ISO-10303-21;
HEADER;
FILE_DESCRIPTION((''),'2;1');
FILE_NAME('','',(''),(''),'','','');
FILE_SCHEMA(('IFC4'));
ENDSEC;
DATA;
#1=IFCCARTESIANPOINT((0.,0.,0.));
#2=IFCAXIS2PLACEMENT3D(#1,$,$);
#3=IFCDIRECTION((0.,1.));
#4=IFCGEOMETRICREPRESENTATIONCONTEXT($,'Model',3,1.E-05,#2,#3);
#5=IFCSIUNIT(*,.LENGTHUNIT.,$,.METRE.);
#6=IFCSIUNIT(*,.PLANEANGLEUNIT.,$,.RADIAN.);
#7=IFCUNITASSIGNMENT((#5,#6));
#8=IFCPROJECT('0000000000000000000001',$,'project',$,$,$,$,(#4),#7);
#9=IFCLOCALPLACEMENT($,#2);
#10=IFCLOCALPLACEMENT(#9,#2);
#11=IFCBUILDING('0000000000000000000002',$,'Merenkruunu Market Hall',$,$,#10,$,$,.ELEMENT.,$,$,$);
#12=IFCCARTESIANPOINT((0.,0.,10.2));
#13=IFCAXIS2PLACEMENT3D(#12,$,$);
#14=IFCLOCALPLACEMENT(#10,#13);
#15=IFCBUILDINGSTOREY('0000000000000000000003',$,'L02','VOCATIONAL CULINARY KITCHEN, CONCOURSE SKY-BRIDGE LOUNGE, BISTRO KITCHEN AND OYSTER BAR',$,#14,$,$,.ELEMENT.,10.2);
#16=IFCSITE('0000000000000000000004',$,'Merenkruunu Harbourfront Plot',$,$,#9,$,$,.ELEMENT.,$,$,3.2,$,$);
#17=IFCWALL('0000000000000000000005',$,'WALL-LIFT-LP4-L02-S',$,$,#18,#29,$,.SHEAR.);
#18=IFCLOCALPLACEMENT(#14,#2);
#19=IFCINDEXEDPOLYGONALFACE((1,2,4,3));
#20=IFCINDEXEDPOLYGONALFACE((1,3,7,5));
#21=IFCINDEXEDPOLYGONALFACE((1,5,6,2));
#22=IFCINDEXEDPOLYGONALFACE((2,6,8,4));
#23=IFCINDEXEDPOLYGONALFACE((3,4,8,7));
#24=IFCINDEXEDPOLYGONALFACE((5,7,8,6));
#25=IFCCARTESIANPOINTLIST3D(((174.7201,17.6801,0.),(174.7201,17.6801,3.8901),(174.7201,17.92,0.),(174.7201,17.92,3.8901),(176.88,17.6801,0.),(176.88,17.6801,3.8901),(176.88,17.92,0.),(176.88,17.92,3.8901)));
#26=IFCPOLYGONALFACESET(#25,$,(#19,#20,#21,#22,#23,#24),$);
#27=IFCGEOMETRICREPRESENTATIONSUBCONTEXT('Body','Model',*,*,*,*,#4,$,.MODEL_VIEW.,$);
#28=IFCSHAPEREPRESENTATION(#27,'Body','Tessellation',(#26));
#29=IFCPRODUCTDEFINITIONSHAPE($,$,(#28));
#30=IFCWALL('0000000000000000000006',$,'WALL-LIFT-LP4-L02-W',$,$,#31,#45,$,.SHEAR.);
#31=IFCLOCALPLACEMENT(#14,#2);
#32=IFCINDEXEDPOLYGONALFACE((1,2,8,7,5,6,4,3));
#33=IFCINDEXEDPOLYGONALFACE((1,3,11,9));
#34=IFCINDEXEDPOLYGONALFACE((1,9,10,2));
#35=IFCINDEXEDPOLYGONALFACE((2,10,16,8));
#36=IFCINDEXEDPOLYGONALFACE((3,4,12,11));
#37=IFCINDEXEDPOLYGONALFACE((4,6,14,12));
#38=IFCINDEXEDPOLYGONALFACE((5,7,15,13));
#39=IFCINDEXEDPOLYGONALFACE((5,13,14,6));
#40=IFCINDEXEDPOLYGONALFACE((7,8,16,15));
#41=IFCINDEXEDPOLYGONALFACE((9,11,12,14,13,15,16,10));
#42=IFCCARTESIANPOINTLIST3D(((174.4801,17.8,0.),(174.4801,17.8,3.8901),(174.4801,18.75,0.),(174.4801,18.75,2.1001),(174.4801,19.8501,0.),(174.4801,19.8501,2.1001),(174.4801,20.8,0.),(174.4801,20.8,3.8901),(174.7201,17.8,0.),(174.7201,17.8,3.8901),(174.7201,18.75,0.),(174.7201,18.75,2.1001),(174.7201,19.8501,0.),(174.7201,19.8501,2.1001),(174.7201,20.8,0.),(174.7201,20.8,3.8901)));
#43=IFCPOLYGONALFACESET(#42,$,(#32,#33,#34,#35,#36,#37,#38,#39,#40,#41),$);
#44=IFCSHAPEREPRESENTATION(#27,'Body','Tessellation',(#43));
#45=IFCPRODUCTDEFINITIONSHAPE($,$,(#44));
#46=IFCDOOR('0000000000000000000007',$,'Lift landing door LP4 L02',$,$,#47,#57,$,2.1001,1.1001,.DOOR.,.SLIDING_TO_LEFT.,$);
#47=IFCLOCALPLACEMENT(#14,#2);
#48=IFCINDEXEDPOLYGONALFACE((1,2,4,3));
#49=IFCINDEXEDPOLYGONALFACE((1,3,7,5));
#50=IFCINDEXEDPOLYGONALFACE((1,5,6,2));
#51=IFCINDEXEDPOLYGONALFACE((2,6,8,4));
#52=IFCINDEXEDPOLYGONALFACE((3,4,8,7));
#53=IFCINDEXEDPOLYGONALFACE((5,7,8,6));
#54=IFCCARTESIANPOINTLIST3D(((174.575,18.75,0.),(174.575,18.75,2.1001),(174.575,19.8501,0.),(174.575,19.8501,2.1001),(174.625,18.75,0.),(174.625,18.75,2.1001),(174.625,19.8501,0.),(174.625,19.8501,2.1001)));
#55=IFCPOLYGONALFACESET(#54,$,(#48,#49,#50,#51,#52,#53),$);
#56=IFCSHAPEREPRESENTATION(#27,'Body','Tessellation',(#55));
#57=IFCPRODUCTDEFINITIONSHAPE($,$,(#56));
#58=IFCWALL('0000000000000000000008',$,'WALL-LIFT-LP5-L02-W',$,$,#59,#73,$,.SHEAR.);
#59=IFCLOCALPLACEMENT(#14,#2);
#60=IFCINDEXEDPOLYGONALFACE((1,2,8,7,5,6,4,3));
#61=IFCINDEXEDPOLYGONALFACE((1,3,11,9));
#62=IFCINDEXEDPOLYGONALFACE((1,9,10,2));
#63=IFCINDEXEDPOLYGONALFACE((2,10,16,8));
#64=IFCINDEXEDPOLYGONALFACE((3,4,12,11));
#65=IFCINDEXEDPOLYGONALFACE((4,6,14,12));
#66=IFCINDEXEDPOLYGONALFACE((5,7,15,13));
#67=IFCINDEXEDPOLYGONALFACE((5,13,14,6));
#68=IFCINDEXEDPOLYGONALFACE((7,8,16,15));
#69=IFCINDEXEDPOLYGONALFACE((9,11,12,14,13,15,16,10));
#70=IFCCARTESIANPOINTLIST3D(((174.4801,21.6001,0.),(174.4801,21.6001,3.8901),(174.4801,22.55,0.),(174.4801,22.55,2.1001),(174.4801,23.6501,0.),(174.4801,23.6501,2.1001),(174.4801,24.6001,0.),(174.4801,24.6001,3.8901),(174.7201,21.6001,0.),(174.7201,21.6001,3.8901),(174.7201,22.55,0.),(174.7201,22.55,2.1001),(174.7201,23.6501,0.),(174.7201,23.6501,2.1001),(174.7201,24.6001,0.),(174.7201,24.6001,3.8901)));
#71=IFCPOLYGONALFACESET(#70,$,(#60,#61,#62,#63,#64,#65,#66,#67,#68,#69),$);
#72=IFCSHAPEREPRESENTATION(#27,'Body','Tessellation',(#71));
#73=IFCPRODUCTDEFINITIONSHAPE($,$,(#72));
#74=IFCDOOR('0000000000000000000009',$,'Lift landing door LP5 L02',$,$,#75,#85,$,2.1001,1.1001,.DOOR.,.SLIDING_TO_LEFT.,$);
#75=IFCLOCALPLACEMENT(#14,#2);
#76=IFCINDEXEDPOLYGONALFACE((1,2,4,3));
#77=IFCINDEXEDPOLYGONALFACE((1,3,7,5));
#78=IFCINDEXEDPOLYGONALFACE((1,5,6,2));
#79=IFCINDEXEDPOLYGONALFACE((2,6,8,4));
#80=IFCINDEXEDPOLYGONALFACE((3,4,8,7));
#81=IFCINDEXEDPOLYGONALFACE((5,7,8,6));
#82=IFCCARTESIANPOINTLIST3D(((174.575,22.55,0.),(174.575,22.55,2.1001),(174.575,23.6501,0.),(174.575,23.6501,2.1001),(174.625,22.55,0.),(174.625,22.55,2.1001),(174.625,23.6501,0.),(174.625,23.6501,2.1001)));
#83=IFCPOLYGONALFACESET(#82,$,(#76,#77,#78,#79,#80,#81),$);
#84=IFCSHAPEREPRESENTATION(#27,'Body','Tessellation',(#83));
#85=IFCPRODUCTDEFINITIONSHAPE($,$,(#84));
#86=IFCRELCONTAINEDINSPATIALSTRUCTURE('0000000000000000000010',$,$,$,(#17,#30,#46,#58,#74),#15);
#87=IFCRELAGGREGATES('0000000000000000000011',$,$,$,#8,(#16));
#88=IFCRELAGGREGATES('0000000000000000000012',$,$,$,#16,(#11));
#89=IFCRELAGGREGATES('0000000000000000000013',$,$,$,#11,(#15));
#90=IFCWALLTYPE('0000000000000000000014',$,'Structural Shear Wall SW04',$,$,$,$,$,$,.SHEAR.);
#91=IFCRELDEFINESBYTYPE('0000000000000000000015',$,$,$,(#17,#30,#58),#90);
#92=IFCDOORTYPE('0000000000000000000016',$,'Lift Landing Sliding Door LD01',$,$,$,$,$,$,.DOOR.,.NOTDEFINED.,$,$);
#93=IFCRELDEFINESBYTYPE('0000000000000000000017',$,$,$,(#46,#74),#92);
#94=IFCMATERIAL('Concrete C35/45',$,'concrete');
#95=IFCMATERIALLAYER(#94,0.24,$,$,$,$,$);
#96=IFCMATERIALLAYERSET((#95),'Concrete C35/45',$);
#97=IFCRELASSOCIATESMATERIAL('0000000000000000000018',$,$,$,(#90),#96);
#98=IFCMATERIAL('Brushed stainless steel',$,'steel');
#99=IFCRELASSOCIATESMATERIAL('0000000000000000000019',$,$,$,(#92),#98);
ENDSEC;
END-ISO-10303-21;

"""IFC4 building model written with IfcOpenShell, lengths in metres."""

from ifc_helpers import new_model, si_unit, direction, frame, frame_2d, origin, place, context, subcontext, project, spatial, rectangle, extrude, material, layer, layer_set, type_object, element, fill, save


model = new_model("IFC4")

# Units and contexts
model_context = context("Model", 3, precision=1e-05, world=origin(), true_north=direction((0.0, 1.0)))
body_context = subcontext(model_context, "Body", "Model", "MODEL_VIEW")
ifc_project = project(units=[si_unit("LENGTHUNIT", "METRE"), si_unit("PLANEANGLEUNIT", "RADIAN")], contexts=[model_context])

# Site, building, storey
site_placement = place(None, origin())
site = spatial("IfcSite", under=ifc_project, at=site_placement, Name="Merenkruunu Harbourfront Plot", CompositionType="ELEMENT", RefElevation=3.2)
building_placement = place(site_placement, origin())
building = spatial("IfcBuilding", under=site, at=building_placement, Name="Merenkruunu Market Hall", CompositionType="ELEMENT")
storey_placement = place(building_placement, frame((0.0, 0.0, 10.2)))
storey = spatial("IfcBuildingStorey", under=building, at=storey_placement, Name="L02", Description="VOCATIONAL CULINARY KITCHEN, CONCOURSE SKY-BRIDGE LOUNGE, BISTRO KITCHEN AND OYSTER BAR", CompositionType="ELEMENT", Elevation=10.2)

# Wall
ifc_material_1 = material(Name="Concrete C35/45", Category="concrete")
ifc_layer_1 = layer(ifc_material_1, 0.24)
ifc_layer_set_1 = layer_set([ifc_layer_1], Name="Concrete C35/45")
wall_type_1 = type_object("IfcWallType", Name="Structural Shear Wall SW04", PredefinedType="SHEAR", material=ifc_layer_set_1)
wall_1_placement = place(storey_placement, frame((174.72, 17.8, 0.0), z_axis=(0.0, 0.0, 1.0), x_axis=(1.0, 0.0, 0.0)))
element("IfcWall", 1, at=wall_1_placement, inside=storey, type_object=wall_type_1, Name="WALL-LIFT-LP4-L02-S", PredefinedType="SHEAR", context=body_context, shape_type="SweptSolid", body=[
    extrude(rectangle(XDim=2.1599, YDim=0.24, at=frame_2d((1.0801, 0.0))), origin(), (0.0, 0.0, 1.0), 3.8901),
])

# Walls, openings, doors
wall_2_placement = place(storey_placement, frame((174.6001, 20.8, 0.0), z_axis=(0.0, 0.0, 1.0), x_axis=(0.0, -1.0, 0.0)))
wall_2 = element("IfcWall", 2, at=wall_2_placement, inside=storey, type_object=wall_type_1, Name="WALL-LIFT-LP4-L02-W", PredefinedType="SHEAR", context=body_context, shape_type="SweptSolid", body=[
    extrude(rectangle(XDim=3.0, YDim=0.24, at=frame_2d((1.5, 0.0))), origin(), (0.0, 0.0, 1.0), 3.8901),
])
opening_1_placement = place(wall_2_placement, frame((0.95, 0.0, 0.0)))
opening_1 = element("IfcOpeningElement", 3, at=opening_1_placement, cuts=wall_2, PredefinedType="OPENING", context=body_context, shape_type="SweptSolid", body=[
    extrude(rectangle(XDim=1.1001, YDim=2.1001, at=frame_2d((0.55, 1.05))), frame((0.0, 0.1299, 0.0), z_axis=(0.0, -1.0, 0.0), x_axis=(1.0, 0.0, 0.0)), (0.0, 0.0, 1.0), 0.26),
])
ifc_material_2 = material(Name="Brushed stainless steel", Category="steel")
door_type = type_object("IfcDoorType", Name="Lift Landing Sliding Door LD01", OperationType="NOTDEFINED", PredefinedType="DOOR", material=ifc_material_2)
door_1_placement = place(opening_1_placement, origin())
door_1 = element("IfcDoor", 4, at=door_1_placement, inside=storey, type_object=door_type, Name="Lift landing door LP4 L02", OperationType="SLIDING_TO_LEFT", OverallHeight=2.1001, OverallWidth=1.1001, PredefinedType="DOOR", context=body_context, shape_type="SweptSolid", body=[
    extrude(rectangle(XDim=1.1001, YDim=2.1001, at=frame_2d((0.55, 1.05))), frame((0.0, 0.0249, 0.0), z_axis=(0.0, -1.0, 0.0), x_axis=(1.0, 0.0, 0.0)), (0.0, 0.0, 1.0), 0.05),
])
fill(opening_1, door_1)
wall_3_placement = place(storey_placement, frame((174.6001, 24.6001, 0.0), z_axis=(0.0, 0.0, 1.0), x_axis=(0.0, -1.0, 0.0)))
wall_3 = element("IfcWall", 5, at=wall_3_placement, inside=storey, type_object=wall_type_1, Name="WALL-LIFT-LP5-L02-W", PredefinedType="SHEAR", context=body_context, shape_type="SweptSolid", body=[
    extrude(rectangle(XDim=3.0, YDim=0.24, at=frame_2d((1.5, 0.0))), origin(), (0.0, 0.0, 1.0), 3.8901),
])
opening_2_placement = place(wall_3_placement, frame((0.95, 0.0, 0.0)))
opening_2 = element("IfcOpeningElement", 6, at=opening_2_placement, cuts=wall_3, PredefinedType="OPENING", context=body_context, shape_type="SweptSolid", body=[
    extrude(rectangle(XDim=1.1001, YDim=2.1001, at=frame_2d((0.55, 1.05))), frame((0.0, 0.1299, 0.0), z_axis=(0.0, -1.0, 0.0), x_axis=(1.0, 0.0, 0.0)), (0.0, 0.0, 1.0), 0.26),
])
door_2_placement = place(opening_2_placement, origin())
door_2 = element("IfcDoor", 7, at=door_2_placement, inside=storey, type_object=door_type, Name="Lift landing door LP5 L02", OperationType="SLIDING_TO_LEFT", OverallHeight=2.1001, OverallWidth=1.1001, PredefinedType="DOOR", context=body_context, shape_type="SweptSolid", body=[
    extrude(rectangle(XDim=1.1001, YDim=2.1001, at=frame_2d((0.55, 1.05))), frame((0.0, 0.0249, 0.0), z_axis=(0.0, -1.0, 0.0), x_axis=(1.0, 0.0, 0.0)), (0.0, 0.0, 1.0), 0.05),
])
fill(opening_2, door_2)

save(model, "model.ifc")
